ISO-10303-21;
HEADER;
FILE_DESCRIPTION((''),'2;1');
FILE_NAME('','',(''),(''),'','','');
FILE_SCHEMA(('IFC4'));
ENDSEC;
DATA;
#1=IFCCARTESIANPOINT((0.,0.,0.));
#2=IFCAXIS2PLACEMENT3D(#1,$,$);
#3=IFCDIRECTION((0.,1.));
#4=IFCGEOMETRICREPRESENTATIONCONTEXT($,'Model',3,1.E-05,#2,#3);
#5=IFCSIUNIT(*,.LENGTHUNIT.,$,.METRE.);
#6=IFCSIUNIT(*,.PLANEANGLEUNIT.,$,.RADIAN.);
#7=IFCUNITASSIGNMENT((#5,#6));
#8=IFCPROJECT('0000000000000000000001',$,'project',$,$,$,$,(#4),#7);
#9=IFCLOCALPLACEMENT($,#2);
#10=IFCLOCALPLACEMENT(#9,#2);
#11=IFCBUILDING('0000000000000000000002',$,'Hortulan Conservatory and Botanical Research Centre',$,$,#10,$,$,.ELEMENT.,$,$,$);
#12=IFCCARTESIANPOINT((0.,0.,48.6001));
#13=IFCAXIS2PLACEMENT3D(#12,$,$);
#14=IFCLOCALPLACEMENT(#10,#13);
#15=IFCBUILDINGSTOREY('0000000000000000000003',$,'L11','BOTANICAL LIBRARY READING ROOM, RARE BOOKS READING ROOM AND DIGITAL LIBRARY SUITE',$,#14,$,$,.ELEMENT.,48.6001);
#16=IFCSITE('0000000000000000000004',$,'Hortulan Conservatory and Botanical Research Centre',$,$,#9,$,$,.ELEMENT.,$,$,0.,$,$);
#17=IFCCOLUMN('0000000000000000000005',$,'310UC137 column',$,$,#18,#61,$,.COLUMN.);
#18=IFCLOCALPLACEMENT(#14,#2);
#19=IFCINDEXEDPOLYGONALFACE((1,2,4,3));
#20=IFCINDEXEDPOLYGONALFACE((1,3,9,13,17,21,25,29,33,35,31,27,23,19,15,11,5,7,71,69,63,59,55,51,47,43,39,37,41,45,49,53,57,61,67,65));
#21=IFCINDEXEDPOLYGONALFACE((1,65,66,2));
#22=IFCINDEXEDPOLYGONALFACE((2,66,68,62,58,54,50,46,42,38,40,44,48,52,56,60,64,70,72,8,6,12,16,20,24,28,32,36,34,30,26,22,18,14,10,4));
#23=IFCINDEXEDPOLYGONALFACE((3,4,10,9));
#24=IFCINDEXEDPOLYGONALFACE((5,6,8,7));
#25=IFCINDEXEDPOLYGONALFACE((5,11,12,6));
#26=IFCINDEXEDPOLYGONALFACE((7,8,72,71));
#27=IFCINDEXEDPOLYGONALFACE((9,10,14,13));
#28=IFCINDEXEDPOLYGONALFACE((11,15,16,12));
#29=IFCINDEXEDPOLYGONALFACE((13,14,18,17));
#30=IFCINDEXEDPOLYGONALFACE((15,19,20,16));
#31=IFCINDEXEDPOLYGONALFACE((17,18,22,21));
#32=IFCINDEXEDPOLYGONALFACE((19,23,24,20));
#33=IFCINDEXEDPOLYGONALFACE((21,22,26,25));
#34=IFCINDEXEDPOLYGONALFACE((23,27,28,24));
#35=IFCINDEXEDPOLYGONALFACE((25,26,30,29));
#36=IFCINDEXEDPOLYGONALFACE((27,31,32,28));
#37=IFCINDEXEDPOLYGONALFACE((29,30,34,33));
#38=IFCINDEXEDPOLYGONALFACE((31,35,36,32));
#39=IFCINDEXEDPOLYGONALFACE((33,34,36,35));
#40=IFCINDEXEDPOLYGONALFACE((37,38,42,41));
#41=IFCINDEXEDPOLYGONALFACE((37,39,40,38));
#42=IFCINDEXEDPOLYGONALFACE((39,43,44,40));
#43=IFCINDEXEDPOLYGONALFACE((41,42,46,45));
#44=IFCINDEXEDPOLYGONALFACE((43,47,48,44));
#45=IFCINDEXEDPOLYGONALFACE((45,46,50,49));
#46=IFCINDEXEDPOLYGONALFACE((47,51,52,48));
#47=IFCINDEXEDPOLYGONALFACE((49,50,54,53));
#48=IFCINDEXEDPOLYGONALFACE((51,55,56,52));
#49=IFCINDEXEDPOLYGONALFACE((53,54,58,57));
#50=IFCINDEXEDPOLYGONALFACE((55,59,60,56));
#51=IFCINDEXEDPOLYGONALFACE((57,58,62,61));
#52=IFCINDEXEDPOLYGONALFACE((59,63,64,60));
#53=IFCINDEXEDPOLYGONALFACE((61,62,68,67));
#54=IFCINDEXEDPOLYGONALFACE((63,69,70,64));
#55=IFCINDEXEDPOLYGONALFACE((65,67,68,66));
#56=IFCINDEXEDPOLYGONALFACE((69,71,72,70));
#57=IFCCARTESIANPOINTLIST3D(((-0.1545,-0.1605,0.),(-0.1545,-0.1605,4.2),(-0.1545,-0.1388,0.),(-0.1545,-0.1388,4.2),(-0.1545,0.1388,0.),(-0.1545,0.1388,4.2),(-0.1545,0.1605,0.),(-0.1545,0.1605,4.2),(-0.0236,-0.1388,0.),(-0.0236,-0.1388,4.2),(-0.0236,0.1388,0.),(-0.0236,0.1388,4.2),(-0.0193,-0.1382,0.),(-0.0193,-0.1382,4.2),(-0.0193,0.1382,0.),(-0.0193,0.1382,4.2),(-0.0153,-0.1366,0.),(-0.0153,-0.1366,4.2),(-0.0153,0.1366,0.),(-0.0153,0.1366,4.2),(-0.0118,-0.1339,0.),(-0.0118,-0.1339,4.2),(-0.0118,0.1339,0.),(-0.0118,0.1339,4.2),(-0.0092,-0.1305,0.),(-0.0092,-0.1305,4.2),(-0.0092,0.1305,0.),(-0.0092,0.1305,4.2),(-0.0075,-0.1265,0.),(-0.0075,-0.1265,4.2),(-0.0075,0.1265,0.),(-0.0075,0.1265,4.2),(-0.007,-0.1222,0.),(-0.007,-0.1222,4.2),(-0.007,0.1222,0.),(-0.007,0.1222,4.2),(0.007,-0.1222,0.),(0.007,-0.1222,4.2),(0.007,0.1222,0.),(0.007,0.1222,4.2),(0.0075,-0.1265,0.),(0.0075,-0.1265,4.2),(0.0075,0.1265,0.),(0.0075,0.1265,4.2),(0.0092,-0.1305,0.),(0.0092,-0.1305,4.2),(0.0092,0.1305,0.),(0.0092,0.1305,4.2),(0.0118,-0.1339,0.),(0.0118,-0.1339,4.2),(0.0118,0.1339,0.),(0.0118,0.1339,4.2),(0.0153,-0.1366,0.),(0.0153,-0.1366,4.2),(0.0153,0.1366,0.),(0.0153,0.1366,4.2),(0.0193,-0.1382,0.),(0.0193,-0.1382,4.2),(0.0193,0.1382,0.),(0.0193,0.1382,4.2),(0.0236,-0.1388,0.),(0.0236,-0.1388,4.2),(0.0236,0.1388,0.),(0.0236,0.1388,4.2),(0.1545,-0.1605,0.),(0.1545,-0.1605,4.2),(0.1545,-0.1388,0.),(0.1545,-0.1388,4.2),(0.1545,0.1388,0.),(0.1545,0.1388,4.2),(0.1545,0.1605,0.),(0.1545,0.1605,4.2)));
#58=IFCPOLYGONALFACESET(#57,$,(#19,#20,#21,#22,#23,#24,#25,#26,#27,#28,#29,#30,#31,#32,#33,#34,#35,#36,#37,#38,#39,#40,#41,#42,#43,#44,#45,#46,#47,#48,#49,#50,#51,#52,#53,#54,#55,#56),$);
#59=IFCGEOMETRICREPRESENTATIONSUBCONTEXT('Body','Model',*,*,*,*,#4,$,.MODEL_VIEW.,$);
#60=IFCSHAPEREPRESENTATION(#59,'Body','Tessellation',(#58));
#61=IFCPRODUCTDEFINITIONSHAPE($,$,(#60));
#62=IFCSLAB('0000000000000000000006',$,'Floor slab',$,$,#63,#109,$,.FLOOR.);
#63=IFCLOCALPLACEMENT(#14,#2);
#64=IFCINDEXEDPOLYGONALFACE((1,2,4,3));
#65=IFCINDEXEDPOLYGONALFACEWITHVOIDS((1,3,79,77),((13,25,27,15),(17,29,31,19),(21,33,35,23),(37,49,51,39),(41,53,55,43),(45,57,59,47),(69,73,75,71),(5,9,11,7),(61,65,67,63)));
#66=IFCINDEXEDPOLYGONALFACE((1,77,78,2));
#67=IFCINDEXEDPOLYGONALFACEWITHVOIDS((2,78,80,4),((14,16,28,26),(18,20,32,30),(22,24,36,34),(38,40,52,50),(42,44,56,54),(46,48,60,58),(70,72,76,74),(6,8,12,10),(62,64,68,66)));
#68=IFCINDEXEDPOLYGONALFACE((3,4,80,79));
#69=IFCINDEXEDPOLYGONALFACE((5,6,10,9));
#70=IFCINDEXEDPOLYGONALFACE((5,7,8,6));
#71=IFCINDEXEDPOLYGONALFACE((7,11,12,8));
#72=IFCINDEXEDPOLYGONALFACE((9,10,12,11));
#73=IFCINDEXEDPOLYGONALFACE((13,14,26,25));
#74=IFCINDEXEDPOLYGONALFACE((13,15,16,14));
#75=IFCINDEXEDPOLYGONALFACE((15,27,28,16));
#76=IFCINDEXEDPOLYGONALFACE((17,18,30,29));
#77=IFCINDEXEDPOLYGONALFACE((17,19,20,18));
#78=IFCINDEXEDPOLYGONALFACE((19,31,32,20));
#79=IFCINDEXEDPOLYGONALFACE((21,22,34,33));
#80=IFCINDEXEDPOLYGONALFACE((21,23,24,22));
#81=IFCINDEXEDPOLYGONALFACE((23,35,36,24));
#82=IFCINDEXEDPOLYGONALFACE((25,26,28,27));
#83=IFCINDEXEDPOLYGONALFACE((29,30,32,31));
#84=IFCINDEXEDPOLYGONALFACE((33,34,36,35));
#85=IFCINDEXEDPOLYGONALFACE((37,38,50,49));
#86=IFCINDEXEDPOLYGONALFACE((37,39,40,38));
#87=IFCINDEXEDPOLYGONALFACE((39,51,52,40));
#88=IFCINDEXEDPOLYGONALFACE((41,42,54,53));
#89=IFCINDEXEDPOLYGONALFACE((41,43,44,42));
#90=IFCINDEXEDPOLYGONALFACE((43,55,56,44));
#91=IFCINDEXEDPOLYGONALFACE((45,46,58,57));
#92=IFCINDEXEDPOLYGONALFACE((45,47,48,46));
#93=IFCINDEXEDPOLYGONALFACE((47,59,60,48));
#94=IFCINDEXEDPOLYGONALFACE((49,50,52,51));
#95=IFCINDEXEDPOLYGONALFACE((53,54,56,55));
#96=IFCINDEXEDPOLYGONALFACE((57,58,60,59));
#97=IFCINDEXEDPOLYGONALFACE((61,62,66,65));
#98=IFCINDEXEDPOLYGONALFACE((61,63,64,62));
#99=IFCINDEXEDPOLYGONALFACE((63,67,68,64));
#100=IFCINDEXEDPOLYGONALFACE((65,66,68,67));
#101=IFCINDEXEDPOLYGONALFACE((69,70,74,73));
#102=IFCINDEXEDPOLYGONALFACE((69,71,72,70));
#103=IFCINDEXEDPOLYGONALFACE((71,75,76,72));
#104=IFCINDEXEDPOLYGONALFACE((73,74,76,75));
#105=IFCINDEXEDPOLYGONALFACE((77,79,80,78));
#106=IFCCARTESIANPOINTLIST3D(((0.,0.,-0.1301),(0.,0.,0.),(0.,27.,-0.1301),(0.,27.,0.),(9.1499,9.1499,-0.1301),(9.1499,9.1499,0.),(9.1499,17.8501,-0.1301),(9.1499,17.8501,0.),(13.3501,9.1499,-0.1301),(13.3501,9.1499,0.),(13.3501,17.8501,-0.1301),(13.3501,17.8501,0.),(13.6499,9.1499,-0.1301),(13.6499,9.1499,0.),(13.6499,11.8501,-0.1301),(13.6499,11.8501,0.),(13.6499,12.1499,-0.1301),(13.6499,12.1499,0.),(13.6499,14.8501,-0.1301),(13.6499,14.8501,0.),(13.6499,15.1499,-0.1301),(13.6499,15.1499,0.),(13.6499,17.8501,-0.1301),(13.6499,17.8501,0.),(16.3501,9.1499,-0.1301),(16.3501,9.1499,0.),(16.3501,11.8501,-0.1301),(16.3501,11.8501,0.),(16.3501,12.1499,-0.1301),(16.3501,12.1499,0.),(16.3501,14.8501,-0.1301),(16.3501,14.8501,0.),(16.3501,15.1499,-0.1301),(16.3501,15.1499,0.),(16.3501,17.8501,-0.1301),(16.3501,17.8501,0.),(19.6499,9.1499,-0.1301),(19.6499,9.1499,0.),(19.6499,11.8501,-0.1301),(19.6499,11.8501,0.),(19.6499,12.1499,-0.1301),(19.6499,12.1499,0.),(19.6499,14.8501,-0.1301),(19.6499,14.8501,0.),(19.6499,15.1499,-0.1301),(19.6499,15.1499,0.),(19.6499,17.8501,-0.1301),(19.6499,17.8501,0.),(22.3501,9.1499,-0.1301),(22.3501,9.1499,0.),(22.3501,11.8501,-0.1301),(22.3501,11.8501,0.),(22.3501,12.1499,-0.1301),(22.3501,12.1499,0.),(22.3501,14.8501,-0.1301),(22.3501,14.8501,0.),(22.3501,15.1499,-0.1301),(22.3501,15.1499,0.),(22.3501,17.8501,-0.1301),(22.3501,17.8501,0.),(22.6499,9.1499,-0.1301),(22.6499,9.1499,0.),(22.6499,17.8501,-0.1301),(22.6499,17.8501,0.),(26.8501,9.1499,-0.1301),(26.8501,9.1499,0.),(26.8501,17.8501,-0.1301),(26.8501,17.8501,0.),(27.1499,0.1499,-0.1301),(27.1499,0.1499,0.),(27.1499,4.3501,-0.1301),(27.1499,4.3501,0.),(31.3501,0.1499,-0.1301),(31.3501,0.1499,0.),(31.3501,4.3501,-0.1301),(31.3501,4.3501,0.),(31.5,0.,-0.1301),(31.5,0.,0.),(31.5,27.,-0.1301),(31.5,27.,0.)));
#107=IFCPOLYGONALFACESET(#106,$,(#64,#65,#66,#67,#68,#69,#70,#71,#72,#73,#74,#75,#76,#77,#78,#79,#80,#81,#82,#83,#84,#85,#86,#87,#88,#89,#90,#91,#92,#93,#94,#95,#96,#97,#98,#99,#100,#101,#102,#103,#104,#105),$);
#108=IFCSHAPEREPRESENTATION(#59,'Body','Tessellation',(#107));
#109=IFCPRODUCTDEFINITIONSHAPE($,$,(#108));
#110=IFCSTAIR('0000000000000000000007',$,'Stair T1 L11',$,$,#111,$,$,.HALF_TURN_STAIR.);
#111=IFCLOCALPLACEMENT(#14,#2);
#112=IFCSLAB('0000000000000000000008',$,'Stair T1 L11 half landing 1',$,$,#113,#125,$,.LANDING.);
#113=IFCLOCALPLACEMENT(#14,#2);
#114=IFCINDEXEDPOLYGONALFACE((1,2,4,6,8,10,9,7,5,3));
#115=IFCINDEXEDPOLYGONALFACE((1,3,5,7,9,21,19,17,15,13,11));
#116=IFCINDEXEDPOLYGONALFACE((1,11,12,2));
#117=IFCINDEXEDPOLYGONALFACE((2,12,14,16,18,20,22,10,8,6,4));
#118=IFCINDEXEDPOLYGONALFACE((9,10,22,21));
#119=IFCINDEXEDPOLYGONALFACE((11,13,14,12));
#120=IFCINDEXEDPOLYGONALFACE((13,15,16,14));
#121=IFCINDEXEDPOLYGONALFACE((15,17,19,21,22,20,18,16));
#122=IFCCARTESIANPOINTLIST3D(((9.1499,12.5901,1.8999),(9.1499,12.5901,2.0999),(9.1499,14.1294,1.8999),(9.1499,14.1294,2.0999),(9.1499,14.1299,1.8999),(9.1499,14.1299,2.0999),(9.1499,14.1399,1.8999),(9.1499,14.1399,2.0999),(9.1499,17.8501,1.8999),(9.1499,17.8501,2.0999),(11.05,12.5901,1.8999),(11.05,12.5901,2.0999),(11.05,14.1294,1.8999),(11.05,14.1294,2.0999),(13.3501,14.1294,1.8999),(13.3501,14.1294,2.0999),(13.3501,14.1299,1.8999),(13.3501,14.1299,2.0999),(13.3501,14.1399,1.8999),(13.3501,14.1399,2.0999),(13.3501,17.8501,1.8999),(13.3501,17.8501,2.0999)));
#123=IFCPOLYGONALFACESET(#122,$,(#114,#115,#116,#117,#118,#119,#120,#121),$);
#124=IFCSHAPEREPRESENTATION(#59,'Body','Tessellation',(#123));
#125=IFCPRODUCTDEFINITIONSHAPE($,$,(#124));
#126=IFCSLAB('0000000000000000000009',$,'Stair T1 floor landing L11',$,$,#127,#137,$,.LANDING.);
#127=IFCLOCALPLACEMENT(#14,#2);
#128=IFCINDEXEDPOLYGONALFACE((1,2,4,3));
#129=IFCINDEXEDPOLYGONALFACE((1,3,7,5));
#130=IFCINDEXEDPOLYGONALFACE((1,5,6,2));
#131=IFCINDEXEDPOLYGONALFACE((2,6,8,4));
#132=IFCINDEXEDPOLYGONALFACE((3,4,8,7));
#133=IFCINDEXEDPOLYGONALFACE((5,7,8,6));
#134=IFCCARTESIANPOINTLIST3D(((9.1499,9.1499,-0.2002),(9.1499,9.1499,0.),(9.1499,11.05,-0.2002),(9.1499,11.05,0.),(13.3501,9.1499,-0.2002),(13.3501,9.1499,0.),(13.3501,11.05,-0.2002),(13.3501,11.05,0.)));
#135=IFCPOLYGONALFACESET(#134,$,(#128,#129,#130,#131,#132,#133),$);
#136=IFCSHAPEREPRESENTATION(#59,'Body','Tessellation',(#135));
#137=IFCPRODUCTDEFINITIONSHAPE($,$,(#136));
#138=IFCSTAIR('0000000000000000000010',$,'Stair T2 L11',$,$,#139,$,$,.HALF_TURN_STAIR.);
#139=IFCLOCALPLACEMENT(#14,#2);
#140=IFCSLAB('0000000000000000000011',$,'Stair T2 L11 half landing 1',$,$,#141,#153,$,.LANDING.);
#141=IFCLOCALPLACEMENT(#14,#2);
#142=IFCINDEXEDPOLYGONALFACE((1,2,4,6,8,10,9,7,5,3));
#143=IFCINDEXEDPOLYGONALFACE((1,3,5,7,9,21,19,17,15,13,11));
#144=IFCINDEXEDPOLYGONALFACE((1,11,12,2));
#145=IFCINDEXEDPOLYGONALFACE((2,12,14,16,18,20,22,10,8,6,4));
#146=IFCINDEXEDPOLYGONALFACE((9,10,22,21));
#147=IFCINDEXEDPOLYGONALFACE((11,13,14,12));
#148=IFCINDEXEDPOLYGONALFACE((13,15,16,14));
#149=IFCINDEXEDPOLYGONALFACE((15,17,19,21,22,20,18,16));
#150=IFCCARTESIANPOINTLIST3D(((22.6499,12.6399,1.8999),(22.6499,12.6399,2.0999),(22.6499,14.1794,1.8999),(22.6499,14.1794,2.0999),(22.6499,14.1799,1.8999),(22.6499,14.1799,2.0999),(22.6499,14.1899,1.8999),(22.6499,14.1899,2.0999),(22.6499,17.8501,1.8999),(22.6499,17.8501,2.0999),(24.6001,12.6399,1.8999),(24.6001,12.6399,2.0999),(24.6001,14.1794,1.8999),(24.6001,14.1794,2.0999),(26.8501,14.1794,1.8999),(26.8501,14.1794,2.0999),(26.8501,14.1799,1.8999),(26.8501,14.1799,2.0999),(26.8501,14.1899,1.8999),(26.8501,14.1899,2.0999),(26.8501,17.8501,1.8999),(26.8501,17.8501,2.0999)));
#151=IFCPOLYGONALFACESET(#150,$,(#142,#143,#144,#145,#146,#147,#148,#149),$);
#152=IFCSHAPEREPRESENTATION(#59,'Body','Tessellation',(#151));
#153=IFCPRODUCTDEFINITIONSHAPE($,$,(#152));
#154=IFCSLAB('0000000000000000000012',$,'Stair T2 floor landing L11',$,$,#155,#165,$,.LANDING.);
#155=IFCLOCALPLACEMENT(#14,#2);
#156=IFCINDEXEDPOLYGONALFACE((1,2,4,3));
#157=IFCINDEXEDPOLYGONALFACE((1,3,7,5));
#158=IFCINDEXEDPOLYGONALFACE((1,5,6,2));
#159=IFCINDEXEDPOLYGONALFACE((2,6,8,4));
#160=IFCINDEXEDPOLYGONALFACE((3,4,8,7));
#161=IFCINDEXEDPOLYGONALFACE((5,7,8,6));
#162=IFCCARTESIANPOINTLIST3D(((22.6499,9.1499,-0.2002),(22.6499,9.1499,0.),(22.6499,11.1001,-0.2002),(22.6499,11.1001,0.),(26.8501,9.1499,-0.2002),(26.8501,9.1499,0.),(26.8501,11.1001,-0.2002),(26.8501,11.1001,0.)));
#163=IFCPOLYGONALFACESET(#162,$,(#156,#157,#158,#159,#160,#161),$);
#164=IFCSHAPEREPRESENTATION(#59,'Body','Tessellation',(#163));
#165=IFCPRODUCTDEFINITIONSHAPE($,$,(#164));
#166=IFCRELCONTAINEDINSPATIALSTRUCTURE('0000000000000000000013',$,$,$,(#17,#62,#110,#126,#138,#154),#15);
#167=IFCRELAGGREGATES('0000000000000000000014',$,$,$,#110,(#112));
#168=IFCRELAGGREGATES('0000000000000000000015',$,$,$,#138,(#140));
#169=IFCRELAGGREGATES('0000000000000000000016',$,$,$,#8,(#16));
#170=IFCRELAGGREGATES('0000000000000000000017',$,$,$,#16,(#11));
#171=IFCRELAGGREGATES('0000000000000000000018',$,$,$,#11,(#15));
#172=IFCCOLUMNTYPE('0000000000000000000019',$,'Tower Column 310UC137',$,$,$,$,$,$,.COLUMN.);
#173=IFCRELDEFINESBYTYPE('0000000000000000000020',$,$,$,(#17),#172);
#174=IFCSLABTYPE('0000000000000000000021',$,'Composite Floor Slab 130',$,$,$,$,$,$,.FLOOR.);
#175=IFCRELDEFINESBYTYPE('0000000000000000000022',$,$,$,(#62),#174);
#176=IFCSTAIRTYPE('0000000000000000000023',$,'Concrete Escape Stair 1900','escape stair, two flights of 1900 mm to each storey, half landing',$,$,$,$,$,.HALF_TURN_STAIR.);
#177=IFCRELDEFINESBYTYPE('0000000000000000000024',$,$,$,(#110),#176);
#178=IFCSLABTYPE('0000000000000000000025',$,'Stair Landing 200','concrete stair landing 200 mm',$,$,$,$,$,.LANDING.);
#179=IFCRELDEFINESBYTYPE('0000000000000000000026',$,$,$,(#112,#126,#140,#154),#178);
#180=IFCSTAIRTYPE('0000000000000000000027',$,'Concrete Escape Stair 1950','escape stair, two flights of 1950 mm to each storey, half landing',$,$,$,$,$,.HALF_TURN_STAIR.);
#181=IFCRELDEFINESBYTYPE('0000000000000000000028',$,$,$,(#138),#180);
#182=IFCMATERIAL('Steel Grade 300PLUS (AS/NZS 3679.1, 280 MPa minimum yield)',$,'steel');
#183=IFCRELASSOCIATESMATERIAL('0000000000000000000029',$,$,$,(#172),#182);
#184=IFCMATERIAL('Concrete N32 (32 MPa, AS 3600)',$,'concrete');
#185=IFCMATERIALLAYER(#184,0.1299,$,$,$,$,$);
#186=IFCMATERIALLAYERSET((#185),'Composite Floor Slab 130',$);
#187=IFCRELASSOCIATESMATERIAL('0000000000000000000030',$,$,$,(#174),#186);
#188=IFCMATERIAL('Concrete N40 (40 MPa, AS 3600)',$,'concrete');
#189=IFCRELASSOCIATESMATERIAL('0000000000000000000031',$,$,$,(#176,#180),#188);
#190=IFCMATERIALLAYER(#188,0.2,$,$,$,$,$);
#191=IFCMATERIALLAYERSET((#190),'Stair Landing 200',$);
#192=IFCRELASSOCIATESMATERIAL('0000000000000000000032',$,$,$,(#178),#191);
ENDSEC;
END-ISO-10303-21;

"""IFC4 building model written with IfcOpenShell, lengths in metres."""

from ifc_helpers import new_model, si_unit, direction, frame, origin, origin_with_axes, origin_2d, place, context, subcontext, project, spatial, polyline, i_section, outline, extrude, material, layer, layer_set, material_profile, profile_set, type_object, element, aggregate, save


model = new_model("IFC4")

# Units and contexts
model_context = context("Model", 3, precision=1e-05, world=origin(), true_north=direction((0.0, 1.0)))
body_context = subcontext(model_context, "Body", "Model", "MODEL_VIEW")
ifc_project = project(units=[si_unit("LENGTHUNIT", "METRE"), si_unit("PLANEANGLEUNIT", "RADIAN")], contexts=[model_context])

# Site, building, storey
site_placement = place(None, origin())
site = spatial("IfcSite", under=ifc_project, at=site_placement, Name="Hortulan Conservatory and Botanical Research Centre", CompositionType="ELEMENT", RefElevation=0.0)
building_placement = place(site_placement, origin())
building = spatial("IfcBuilding", under=site, at=building_placement, Name="Hortulan Conservatory and Botanical Research Centre", CompositionType="ELEMENT")
storey_placement = place(building_placement, frame((0.0, 0.0, 48.6001)))
storey = spatial("IfcBuildingStorey", under=building, at=storey_placement, Name="L11", Description="BOTANICAL LIBRARY READING ROOM, RARE BOOKS READING ROOM AND DIGITAL LIBRARY SUITE", CompositionType="ELEMENT", Elevation=48.6001)

# Column
ifc_material_1 = material(Name="Steel Grade 300PLUS (AS/NZS 3679.1, 280 MPa minimum yield)", Category="steel")
ifc_material_profile = material_profile(ifc_material_1, i_section(OverallWidth=0.3091, OverallDepth=0.321, WebThickness=0.0139, FlangeThickness=0.0217, FilletRadius=0.0166, at=origin_2d()), Name="310UC137")
ifc_profile_set = profile_set([ifc_material_profile], Name="Steel Grade 300PLUS (AS/NZS 3679.1, 280 MPa minimum yield)")
column_type = type_object("IfcColumnType", Name="Tower Column 310UC137", PredefinedType="COLUMN", material=ifc_profile_set)
column_placement = place(storey_placement, origin_with_axes())
element("IfcColumn", 1, at=column_placement, inside=storey, type_object=column_type, Name="310UC137 column", PredefinedType="COLUMN", context=body_context, shape_type="SweptSolid", body=[
    extrude(i_section(OverallWidth=0.3091, OverallDepth=0.321, WebThickness=0.0139, FlangeThickness=0.0217, FilletRadius=0.0166, at=origin_2d()), origin(), (0.0, 0.0, 1.0), 4.2),
])

# Slab
ifc_material_2 = material(Name="Concrete N32 (32 MPa, AS 3600)", Category="concrete")
ifc_layer_1 = layer(ifc_material_2, 0.1299)
ifc_layer_set_1 = layer_set([ifc_layer_1], Name="Composite Floor Slab 130")
slab_type_1 = type_object("IfcSlabType", Name="Composite Floor Slab 130", PredefinedType="FLOOR", material=ifc_layer_set_1)
slab_1_placement = place(storey_placement, frame((0.0, 0.0, -0.1301)))
element("IfcSlab", 2, at=slab_1_placement, inside=storey, type_object=slab_type_1, Name="Floor slab", PredefinedType="FLOOR", context=body_context, shape_type="SweptSolid", body=[
    extrude(outline(polyline([(0.0, 0.0), (31.5, 0.0), (31.5, 27.0), (0.0, 27.0), (0.0, 0.0)]), holes=[polyline([(27.1499, 4.3501), (27.1499, 0.1499), (31.3501, 0.1499), (31.3501, 4.3501), (27.1499, 4.3501)]), polyline([(13.6499, 11.8501), (13.6499, 9.1499), (16.3501, 9.1499), (16.3501, 11.8501), (13.6499, 11.8501)]), polyline([(19.6499, 11.8501), (19.6499, 9.1499), (22.3501, 9.1499), (22.3501, 11.8501), (19.6499, 11.8501)]), polyline([(9.1499, 17.8501), (9.1499, 9.1499), (13.3501, 9.1499), (13.3501, 17.8501), (9.1499, 17.8501)]), polyline([(13.6499, 14.8501), (13.6499, 12.1499), (16.3501, 12.1499), (16.3501, 14.8501), (13.6499, 14.8501)]), polyline([(19.6499, 14.8501), (19.6499, 12.1499), (22.3501, 12.1499), (22.3501, 14.8501), (19.6499, 14.8501)]), polyline([(22.6499, 17.8501), (22.6499, 9.1499), (26.8501, 9.1499), (26.8501, 17.8501), (22.6499, 17.8501)]), polyline([(16.3501, 17.8501), (13.6499, 17.8501), (13.6499, 15.1499), (16.3501, 15.1499), (16.3501, 17.8501)]), polyline([(22.3501, 17.8501), (19.6499, 17.8501), (19.6499, 15.1499), (22.3501, 15.1499), (22.3501, 17.8501)])]), origin(), (0.0, 0.0, 1.0), 0.1301),
])

# Stair, slab
ifc_material_3 = material(Name="Concrete N40 (40 MPa, AS 3600)", Category="concrete")
stair_type_1 = type_object("IfcStairType", Name="Concrete Escape Stair 1900", Description="escape stair, two flights of 1900 mm to each storey, half landing", PredefinedType="HALF_TURN_STAIR", material=ifc_material_3)
stair_1_placement = place(storey_placement, origin())
stair_1 = element("IfcStair", 3, at=stair_1_placement, inside=storey, type_object=stair_type_1, Name="Stair T1 L11", PredefinedType="HALF_TURN_STAIR")
ifc_layer_2 = layer(ifc_material_3, 0.2)
ifc_layer_set_2 = layer_set([ifc_layer_2], Name="Stair Landing 200")
slab_type_2 = type_object("IfcSlabType", Name="Stair Landing 200", Description="concrete stair landing 200 mm", PredefinedType="LANDING", material=ifc_layer_set_2)
slab_2_placement = place(storey_placement, frame((0.0, 0.0, 1.8999)))
slab_2 = element("IfcSlab", 4, at=slab_2_placement, type_object=slab_type_2, Name="Stair T1 L11 half landing 1", PredefinedType="LANDING", context=body_context, shape_type="SweptSolid", body=[
    extrude(outline(polyline([(13.3501, 14.1294), (11.05, 14.1294), (11.05, 12.5901), (9.1499, 12.5901), (9.1499, 14.1294), (9.1499, 14.1299), (9.1499, 14.1399), (9.1499, 17.8501), (13.3501, 17.8501), (13.3501, 14.1399), (13.3501, 14.1299), (13.3501, 14.1294)])), origin(), (0.0, 0.0, 1.0), 0.2),
])
aggregate(stair_1, [slab_2])

# Slab
slab_3_placement = place(storey_placement, frame((0.0, 0.0, -0.2002)))
element("IfcSlab", 5, at=slab_3_placement, inside=storey, type_object=slab_type_2, Name="Stair T1 floor landing L11", PredefinedType="LANDING", context=body_context, shape_type="SweptSolid", body=[
    extrude(outline(polyline([(13.3501, 9.1499), (9.1499, 9.1499), (9.1499, 11.05), (13.3501, 11.05), (13.3501, 9.1499)])), origin(), (0.0, 0.0, 1.0), 0.2002),
])

# Stair, slab
stair_type_2 = type_object("IfcStairType", Name="Concrete Escape Stair 1950", Description="escape stair, two flights of 1950 mm to each storey, half landing", PredefinedType="HALF_TURN_STAIR", material=ifc_material_3)
stair_2_placement = place(storey_placement, origin())
stair_2 = element("IfcStair", 6, at=stair_2_placement, inside=storey, type_object=stair_type_2, Name="Stair T2 L11", PredefinedType="HALF_TURN_STAIR")
slab_4_placement = place(storey_placement, frame((0.0, 0.0, 1.8999)))
slab_4 = element("IfcSlab", 7, at=slab_4_placement, type_object=slab_type_2, Name="Stair T2 L11 half landing 1", PredefinedType="LANDING", context=body_context, shape_type="SweptSolid", body=[
    extrude(outline(polyline([(26.8501, 14.1794), (24.6001, 14.1794), (24.6001, 12.6399), (22.6499, 12.6399), (22.6499, 14.1794), (22.6499, 14.1799), (22.6499, 14.1899), (22.6499, 17.8501), (26.8501, 17.8501), (26.8501, 14.1899), (26.8501, 14.1799), (26.8501, 14.1794)])), origin(), (0.0, 0.0, 1.0), 0.2),
])
aggregate(stair_2, [slab_4])

# Slab
slab_5_placement = place(storey_placement, frame((0.0, 0.0, -0.2002)))
element("IfcSlab", 8, at=slab_5_placement, inside=storey, type_object=slab_type_2, Name="Stair T2 floor landing L11", PredefinedType="LANDING", context=body_context, shape_type="SweptSolid", body=[
    extrude(outline(polyline([(26.8501, 9.1499), (22.6499, 9.1499), (22.6499, 11.1001), (26.8501, 11.1001), (26.8501, 9.1499)])), origin(), (0.0, 0.0, 1.0), 0.2002),
])

save(model, "model.ifc")
